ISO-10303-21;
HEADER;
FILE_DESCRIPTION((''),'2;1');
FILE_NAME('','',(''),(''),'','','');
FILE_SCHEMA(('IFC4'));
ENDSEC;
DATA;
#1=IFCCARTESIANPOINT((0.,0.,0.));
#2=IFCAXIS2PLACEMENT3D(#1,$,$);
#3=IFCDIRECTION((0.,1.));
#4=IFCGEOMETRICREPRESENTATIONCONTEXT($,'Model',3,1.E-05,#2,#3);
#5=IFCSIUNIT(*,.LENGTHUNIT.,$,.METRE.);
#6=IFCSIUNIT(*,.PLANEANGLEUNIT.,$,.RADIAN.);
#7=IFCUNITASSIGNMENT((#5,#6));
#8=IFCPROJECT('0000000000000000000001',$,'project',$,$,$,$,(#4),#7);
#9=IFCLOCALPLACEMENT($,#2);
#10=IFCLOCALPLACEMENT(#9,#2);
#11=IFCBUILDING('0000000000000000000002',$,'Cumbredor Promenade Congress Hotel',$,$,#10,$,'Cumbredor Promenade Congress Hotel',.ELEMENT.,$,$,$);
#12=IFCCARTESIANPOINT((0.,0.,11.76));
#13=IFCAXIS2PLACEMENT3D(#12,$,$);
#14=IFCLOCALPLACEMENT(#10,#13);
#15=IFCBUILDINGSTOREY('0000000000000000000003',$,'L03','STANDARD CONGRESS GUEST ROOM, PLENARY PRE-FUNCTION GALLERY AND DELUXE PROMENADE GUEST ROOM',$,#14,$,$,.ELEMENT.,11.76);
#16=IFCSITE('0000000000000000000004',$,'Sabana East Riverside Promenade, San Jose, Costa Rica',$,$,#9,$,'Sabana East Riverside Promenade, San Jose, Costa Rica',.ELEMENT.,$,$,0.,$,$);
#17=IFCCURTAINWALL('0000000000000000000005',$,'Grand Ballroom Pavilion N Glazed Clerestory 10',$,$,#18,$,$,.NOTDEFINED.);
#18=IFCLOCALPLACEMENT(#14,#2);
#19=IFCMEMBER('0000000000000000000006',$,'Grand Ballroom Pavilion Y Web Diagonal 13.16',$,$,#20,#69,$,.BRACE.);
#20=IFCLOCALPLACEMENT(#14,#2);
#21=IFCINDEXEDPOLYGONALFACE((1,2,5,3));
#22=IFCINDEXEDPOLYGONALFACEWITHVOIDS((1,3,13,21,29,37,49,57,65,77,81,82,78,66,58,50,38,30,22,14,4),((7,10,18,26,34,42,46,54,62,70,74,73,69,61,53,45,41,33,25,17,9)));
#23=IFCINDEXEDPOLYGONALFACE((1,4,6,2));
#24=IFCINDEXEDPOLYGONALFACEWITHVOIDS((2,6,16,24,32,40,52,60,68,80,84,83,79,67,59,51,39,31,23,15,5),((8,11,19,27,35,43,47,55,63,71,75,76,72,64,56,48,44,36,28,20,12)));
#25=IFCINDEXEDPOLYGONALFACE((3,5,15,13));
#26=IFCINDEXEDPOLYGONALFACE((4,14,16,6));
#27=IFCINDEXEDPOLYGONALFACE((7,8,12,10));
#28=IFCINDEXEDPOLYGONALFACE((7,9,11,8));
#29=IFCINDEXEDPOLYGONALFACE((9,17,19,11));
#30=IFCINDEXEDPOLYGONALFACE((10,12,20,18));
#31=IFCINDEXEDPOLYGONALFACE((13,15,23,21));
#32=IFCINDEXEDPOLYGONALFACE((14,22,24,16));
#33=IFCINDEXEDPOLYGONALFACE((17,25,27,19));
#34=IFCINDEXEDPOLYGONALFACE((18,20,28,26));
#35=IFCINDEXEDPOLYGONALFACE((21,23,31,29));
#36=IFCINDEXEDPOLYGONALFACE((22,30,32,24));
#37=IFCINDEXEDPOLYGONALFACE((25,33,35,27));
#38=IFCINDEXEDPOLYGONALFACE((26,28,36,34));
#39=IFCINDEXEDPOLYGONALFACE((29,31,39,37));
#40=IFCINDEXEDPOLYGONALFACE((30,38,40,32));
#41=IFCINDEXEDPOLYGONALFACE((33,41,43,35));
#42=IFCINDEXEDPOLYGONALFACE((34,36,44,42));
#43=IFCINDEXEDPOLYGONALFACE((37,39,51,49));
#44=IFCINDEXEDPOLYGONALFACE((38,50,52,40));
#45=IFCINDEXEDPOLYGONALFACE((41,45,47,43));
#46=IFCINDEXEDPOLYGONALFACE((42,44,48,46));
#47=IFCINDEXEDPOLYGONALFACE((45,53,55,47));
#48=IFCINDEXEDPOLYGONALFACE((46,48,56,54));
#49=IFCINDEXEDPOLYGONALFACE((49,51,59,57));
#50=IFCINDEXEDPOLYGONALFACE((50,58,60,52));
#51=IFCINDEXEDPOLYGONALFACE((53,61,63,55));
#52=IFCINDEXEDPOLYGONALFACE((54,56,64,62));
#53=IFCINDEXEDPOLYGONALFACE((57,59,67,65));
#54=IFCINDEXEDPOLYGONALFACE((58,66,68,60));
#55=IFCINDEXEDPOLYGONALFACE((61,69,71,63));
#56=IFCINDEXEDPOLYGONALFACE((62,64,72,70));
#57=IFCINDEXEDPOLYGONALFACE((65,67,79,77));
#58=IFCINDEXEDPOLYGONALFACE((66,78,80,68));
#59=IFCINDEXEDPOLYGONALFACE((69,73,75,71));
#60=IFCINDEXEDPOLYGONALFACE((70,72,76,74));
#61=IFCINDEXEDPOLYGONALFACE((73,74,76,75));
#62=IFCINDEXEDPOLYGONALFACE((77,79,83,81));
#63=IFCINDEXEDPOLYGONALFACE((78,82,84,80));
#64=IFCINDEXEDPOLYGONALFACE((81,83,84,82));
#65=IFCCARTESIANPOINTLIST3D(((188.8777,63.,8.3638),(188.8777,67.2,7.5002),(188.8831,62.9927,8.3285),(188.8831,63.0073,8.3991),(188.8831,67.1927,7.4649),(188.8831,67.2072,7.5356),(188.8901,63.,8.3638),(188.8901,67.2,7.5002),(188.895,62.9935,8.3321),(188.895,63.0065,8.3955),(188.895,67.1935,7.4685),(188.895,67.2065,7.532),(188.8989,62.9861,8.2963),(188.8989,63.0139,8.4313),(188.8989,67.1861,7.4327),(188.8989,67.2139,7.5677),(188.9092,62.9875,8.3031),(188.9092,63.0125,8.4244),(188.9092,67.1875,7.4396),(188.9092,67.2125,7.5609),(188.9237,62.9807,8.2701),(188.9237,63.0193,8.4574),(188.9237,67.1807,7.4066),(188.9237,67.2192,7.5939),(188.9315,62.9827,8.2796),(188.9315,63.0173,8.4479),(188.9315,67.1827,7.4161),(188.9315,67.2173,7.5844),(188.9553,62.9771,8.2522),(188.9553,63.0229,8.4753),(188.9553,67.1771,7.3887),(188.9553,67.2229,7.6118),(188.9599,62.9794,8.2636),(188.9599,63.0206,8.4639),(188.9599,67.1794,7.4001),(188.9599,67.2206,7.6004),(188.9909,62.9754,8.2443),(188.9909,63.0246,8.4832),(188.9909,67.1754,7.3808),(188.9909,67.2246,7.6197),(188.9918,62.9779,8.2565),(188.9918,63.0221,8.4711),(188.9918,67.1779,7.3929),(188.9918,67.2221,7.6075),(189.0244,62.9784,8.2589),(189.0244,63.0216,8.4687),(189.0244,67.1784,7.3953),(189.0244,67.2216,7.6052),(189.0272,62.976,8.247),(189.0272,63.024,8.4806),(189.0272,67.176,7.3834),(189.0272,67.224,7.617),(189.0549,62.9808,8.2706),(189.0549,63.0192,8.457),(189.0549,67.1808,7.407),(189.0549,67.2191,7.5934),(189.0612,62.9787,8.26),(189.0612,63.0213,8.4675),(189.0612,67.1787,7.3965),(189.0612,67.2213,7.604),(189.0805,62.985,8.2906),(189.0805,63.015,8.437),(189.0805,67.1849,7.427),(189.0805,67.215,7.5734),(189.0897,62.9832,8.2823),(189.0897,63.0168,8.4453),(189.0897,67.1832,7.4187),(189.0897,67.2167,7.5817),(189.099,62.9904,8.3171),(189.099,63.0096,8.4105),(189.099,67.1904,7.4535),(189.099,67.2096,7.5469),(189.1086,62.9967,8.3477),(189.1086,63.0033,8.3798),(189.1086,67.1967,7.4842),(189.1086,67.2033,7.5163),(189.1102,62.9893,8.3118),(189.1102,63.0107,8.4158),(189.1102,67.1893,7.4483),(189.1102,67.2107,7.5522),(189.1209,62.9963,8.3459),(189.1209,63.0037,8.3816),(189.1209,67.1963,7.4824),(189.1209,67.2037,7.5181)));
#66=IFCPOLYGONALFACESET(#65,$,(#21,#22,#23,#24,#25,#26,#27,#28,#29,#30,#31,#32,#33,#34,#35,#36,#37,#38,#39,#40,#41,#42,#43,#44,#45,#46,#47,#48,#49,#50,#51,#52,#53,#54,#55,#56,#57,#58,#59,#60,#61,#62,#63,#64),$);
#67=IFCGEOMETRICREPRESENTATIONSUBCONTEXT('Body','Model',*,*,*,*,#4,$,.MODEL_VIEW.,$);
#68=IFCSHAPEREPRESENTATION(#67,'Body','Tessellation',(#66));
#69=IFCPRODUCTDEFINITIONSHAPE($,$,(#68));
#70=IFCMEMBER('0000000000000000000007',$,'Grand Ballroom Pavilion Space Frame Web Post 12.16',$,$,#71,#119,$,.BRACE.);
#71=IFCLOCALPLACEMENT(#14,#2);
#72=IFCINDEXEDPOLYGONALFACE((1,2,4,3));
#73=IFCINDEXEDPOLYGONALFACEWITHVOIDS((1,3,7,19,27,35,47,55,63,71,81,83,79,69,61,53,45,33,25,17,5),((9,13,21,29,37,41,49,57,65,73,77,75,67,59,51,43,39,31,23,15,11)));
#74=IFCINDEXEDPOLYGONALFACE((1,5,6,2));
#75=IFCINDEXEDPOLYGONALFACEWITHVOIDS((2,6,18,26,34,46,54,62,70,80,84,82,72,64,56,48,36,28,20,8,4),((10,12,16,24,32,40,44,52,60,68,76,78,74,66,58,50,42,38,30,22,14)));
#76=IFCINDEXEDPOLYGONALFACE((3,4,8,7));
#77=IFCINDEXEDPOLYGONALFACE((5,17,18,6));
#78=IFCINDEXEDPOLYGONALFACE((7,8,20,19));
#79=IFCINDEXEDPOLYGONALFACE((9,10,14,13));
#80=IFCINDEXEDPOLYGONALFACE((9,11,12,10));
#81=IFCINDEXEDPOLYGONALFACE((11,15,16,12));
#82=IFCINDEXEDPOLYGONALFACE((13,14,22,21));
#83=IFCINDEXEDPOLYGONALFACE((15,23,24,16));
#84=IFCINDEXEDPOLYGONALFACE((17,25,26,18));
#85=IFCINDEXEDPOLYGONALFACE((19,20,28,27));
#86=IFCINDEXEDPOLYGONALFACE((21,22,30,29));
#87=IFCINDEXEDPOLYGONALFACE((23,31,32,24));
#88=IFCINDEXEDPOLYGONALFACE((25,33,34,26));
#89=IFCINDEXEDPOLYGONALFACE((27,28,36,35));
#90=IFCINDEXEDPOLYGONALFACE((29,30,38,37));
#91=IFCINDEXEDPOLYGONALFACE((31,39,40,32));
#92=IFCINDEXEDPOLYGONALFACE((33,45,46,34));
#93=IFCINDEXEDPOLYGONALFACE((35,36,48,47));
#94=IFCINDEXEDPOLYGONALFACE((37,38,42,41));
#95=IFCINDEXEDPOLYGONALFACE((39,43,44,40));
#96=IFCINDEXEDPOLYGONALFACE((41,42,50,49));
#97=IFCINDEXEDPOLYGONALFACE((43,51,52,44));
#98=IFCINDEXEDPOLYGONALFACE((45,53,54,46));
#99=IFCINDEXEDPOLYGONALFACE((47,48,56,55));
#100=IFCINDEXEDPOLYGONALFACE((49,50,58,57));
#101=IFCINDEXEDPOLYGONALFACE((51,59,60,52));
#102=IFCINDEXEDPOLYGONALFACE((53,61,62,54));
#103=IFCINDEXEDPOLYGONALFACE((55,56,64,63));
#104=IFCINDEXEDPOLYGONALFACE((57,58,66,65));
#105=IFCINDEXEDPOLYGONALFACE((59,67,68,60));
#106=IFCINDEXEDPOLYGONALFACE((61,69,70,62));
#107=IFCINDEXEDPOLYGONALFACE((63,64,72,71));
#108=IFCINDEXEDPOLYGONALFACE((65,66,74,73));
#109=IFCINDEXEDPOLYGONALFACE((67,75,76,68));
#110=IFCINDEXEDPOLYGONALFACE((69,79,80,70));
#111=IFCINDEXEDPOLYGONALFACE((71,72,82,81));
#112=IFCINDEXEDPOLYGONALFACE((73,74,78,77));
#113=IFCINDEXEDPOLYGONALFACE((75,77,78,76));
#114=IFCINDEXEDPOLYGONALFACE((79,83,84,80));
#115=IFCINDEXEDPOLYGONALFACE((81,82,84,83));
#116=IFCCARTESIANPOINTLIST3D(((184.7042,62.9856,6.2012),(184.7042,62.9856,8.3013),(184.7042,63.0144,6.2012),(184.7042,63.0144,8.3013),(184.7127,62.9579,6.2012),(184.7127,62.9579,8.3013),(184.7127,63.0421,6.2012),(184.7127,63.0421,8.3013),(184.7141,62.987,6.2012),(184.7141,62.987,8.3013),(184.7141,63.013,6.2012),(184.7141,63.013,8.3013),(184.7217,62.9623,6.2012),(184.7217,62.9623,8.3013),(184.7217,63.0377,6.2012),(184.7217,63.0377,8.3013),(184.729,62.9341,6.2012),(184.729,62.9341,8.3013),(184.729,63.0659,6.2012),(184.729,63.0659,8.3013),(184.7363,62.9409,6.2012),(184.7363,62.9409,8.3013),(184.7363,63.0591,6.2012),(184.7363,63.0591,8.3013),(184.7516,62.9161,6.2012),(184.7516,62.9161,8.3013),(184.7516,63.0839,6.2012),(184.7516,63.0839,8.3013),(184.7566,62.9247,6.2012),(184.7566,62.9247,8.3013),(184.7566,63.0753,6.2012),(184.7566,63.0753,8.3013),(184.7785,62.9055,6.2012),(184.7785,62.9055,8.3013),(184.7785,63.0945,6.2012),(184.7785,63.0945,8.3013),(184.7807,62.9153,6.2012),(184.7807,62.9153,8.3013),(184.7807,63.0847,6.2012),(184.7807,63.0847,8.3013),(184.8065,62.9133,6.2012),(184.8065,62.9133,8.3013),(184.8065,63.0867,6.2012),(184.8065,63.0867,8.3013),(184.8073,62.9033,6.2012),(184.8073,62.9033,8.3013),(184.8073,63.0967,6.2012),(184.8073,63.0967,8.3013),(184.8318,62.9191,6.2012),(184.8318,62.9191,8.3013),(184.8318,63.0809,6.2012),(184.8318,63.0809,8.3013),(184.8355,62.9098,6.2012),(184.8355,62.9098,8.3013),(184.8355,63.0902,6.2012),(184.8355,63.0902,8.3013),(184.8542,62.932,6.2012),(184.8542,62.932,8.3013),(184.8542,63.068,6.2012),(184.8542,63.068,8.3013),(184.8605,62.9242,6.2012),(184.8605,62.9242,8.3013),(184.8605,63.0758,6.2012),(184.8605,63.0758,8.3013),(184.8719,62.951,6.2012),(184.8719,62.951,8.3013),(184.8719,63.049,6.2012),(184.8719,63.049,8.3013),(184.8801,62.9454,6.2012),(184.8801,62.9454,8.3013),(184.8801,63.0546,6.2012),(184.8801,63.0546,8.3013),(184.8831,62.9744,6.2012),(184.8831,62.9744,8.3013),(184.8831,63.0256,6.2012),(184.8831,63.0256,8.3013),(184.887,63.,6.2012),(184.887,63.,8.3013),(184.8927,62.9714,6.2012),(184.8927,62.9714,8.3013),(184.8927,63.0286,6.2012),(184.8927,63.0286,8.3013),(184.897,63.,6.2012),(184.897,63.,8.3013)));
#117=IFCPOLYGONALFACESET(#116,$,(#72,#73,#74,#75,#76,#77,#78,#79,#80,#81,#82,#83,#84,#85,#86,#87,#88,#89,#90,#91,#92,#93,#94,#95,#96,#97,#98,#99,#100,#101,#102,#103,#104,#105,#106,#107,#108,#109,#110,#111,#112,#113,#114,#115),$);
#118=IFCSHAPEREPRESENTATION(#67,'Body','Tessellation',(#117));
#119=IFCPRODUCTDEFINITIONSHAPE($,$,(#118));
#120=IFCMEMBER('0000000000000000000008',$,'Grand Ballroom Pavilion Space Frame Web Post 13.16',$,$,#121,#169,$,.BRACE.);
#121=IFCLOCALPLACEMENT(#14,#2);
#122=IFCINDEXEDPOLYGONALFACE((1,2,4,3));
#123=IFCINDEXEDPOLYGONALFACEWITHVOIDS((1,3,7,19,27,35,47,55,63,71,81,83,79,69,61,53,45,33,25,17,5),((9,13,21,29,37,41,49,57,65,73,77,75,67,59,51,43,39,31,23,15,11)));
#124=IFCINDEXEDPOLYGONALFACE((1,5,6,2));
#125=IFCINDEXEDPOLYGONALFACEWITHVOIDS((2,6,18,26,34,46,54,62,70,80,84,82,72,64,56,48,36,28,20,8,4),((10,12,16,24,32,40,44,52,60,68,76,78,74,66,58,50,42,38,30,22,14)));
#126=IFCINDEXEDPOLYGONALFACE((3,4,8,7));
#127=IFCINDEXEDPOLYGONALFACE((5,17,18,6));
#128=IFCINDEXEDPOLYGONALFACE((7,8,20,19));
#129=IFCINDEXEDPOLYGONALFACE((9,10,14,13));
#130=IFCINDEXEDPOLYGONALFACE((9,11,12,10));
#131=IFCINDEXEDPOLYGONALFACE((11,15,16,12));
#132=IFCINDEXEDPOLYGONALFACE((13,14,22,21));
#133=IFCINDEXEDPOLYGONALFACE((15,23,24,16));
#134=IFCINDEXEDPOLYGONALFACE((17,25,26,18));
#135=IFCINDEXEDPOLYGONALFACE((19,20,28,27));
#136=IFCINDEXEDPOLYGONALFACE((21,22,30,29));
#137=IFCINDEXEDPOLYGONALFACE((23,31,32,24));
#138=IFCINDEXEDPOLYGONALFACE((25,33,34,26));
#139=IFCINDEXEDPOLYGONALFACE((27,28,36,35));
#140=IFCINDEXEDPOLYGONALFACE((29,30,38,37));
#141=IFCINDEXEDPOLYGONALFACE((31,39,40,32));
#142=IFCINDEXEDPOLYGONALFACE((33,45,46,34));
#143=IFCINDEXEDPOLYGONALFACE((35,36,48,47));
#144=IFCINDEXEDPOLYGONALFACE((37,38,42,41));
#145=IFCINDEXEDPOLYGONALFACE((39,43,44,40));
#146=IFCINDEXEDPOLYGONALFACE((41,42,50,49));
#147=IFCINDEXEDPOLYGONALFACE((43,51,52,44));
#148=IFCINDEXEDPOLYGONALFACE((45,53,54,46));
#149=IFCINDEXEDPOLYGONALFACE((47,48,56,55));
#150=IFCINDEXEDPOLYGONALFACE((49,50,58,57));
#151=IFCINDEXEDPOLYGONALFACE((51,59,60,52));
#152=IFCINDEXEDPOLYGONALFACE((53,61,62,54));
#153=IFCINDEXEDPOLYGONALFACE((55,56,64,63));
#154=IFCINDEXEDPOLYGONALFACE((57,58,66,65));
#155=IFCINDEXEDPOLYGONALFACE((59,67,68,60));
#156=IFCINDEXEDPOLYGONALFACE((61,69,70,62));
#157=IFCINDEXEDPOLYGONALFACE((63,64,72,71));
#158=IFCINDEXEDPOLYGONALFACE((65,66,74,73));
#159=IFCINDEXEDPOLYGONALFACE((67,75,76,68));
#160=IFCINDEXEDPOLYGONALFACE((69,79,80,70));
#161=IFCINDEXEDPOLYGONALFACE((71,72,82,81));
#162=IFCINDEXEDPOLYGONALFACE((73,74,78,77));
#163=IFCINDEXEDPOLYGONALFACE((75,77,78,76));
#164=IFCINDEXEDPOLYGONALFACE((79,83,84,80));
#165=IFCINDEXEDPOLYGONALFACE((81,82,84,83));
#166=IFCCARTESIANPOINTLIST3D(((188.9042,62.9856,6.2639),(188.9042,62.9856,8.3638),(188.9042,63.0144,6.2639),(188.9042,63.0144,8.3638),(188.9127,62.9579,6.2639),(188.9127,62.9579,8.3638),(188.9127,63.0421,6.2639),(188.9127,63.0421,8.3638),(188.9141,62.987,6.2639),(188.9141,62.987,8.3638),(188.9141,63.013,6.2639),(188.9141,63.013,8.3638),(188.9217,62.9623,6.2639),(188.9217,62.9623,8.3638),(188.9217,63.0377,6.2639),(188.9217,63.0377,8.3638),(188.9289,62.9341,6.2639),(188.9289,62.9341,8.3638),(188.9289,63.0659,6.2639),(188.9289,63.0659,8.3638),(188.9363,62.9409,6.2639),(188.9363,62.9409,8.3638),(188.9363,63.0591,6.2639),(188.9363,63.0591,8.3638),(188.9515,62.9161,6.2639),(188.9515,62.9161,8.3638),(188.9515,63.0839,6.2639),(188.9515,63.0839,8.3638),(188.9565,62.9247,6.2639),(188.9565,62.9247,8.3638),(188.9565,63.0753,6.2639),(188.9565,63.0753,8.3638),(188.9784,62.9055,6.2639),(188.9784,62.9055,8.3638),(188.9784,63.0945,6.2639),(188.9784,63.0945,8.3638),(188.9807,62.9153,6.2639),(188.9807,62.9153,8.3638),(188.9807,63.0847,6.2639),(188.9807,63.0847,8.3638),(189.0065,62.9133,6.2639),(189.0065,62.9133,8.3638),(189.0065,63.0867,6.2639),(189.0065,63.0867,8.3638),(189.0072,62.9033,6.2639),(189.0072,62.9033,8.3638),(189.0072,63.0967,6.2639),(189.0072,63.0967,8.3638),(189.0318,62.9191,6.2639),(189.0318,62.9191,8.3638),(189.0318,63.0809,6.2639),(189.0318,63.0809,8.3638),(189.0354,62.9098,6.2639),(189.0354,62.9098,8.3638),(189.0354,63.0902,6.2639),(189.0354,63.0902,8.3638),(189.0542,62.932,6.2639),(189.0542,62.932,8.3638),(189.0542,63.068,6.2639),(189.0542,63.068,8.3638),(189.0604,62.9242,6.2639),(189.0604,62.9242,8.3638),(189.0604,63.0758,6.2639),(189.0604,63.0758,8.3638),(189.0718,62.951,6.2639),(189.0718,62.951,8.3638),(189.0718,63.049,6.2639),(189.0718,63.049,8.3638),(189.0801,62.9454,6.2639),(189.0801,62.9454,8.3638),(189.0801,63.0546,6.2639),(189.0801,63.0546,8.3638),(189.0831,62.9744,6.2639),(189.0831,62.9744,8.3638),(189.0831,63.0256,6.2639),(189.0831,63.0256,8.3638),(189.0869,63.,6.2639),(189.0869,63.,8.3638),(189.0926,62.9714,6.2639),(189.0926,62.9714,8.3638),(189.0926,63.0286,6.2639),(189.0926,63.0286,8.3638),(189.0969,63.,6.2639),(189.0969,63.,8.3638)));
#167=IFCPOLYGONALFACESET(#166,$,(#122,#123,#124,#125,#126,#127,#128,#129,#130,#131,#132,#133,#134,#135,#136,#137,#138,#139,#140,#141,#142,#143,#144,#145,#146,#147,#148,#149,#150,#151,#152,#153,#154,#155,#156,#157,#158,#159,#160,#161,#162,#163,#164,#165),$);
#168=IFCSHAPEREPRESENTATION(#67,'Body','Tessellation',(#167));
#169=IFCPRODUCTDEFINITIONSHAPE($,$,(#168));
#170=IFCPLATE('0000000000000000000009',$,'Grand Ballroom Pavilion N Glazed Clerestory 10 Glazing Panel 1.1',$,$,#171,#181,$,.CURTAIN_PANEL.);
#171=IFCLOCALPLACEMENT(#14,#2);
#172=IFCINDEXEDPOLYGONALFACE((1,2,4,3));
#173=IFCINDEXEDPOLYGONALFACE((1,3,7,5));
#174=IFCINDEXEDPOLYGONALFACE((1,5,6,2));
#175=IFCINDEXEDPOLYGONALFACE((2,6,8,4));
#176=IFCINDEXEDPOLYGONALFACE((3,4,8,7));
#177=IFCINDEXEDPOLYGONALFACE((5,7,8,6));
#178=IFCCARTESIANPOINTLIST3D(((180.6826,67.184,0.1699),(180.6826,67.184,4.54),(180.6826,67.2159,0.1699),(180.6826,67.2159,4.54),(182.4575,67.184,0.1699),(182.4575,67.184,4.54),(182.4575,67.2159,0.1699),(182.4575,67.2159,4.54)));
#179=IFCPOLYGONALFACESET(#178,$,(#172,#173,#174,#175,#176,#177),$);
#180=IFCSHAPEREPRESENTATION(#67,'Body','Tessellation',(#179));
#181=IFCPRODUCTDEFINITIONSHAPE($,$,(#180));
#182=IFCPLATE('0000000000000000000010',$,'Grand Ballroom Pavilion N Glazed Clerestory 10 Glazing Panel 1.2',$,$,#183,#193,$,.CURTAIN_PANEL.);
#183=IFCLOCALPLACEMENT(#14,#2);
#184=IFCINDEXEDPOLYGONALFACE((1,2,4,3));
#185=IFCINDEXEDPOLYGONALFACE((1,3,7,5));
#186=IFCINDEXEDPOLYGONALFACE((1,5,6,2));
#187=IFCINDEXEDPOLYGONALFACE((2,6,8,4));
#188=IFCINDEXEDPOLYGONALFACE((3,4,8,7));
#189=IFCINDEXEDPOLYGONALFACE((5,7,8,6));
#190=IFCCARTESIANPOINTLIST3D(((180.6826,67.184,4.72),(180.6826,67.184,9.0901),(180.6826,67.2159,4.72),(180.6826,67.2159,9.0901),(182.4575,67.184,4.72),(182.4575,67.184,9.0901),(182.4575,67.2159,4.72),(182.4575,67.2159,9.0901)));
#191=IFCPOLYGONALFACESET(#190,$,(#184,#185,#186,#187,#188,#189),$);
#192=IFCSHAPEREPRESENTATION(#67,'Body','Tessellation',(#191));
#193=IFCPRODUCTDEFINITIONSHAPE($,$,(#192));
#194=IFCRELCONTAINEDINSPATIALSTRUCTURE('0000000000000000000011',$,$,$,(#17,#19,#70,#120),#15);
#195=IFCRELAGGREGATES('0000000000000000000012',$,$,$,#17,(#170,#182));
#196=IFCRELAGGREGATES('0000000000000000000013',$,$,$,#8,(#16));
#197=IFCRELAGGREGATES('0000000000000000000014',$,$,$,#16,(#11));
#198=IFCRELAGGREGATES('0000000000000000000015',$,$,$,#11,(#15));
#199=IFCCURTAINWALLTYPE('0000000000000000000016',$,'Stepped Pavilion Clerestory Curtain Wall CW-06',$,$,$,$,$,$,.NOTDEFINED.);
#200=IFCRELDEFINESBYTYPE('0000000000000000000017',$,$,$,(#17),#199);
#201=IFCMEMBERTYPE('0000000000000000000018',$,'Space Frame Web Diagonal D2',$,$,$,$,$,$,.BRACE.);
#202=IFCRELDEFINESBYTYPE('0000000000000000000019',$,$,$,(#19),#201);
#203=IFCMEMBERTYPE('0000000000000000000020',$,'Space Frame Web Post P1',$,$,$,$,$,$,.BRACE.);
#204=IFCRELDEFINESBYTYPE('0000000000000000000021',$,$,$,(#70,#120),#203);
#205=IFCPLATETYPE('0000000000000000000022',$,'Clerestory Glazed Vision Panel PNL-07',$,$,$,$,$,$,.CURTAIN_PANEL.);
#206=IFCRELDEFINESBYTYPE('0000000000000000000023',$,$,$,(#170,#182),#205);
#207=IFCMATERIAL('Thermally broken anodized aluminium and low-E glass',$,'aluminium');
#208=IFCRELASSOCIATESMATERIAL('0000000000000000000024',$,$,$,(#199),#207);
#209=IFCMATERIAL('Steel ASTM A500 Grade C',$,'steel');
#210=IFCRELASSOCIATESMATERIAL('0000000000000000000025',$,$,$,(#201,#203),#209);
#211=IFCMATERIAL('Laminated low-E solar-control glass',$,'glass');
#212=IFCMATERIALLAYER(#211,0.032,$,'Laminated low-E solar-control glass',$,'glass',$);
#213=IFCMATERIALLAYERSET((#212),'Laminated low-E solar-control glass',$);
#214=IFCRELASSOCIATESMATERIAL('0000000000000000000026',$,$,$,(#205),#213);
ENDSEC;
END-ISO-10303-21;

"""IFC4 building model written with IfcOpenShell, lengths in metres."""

from ifc_helpers import new_model, si_unit, direction, frame, origin, origin_2d, place, context, subcontext, project, spatial, rectangle, hollow_circle, extrude, material, layer, layer_set, material_profile, profile_set, type_object, element, aggregate, save


model = new_model("IFC4")

# Units and contexts
model_context = context("Model", 3, precision=1e-05, world=origin(), true_north=direction((0.0, 1.0)))
body_context = subcontext(model_context, "Body", "Model", "MODEL_VIEW")
ifc_project = project(units=[si_unit("LENGTHUNIT", "METRE"), si_unit("PLANEANGLEUNIT", "RADIAN")], contexts=[model_context])

# Site, building, storey
site_placement = place(None, origin())
site = spatial("IfcSite", under=ifc_project, at=site_placement, Name="Sabana East Riverside Promenade, San Jose, Costa Rica", LongName="Sabana East Riverside Promenade, San Jose, Costa Rica", CompositionType="ELEMENT", RefElevation=0.0)
building_placement = place(site_placement, origin())
building = spatial("IfcBuilding", under=site, at=building_placement, Name="Cumbredor Promenade Congress Hotel", LongName="Cumbredor Promenade Congress Hotel", CompositionType="ELEMENT")
storey_placement = place(building_placement, frame((0.0, 0.0, 11.76)))
storey = spatial("IfcBuildingStorey", under=building, at=storey_placement, Name="L03", Description="STANDARD CONGRESS GUEST ROOM, PLENARY PRE-FUNCTION GALLERY AND DELUXE PROMENADE GUEST ROOM", CompositionType="ELEMENT", Elevation=11.76)

# Shared definitions
ifc_material_1 = material(Name="Steel ASTM A500 Grade C", Category="steel")

# Curtain wall
ifc_material_2 = material(Name="Thermally broken anodized aluminium and low-E glass", Category="aluminium")
curtain_wall_type = type_object("IfcCurtainWallType", Name="Stepped Pavilion Clerestory Curtain Wall CW-06", PredefinedType="NOTDEFINED", material=ifc_material_2)
curtain_wall_1_placement = place(storey_placement, origin())
curtain_wall_1 = element("IfcCurtainWall", 1, at=curtain_wall_1_placement, inside=storey, type_object=curtain_wall_type, Name="Grand Ballroom Pavilion N Glazed Clerestory 10", PredefinedType="NOTDEFINED")

# Members
ifc_material_profile_1 = material_profile(ifc_material_1, hollow_circle(Radius=0.1223, WallThickness=0.0125, at=origin_2d()), Name="CHS 244.5x12.5")
ifc_profile_set_1 = profile_set([ifc_material_profile_1], Name="Steel ASTM A500 Grade C")
member_type_1 = type_object("IfcMemberType", Name="Space Frame Web Diagonal D2", PredefinedType="BRACE", material=ifc_profile_set_1)
member_1_placement = place(storey_placement, frame((189.0, 63.0, 8.3638), z_axis=(0.0, 0.979511, -0.201391), x_axis=(-1.0, 0.0, 0.0)))
element("IfcMember", 2, at=member_1_placement, inside=storey, type_object=member_type_1, Name="Grand Ballroom Pavilion Y Web Diagonal 13.16", PredefinedType="BRACE", context=body_context, shape_type="SweptSolid", body=[
    extrude(hollow_circle(Radius=0.1223, WallThickness=0.0125, at=origin_2d()), origin(), (0.0, 0.0, 1.0), 4.2878),
])
ifc_material_profile_2 = material_profile(ifc_material_1, hollow_circle(Radius=0.0969, WallThickness=0.01, at=origin_2d()), Name="CHS 193.7x10")
ifc_profile_set_2 = profile_set([ifc_material_profile_2], Name="Steel ASTM A500 Grade C")
member_type_2 = type_object("IfcMemberType", Name="Space Frame Web Post P1", PredefinedType="BRACE", material=ifc_profile_set_2)
member_2_placement = place(storey_placement, frame((184.8, 63.0, 6.2012), z_axis=(0.0, 0.0, 1.0), x_axis=(1.0, 0.0, 0.0)))
element("IfcMember", 3, at=member_2_placement, inside=storey, type_object=member_type_2, Name="Grand Ballroom Pavilion Space Frame Web Post 12.16", PredefinedType="BRACE", context=body_context, shape_type="SweptSolid", body=[
    extrude(hollow_circle(Radius=0.0969, WallThickness=0.01, at=origin_2d()), origin(), (0.0, 0.0, 1.0), 2.1001),
])
member_3_placement = place(storey_placement, frame((189.0, 63.0, 6.2639), z_axis=(0.0, 0.0, 1.0), x_axis=(1.0, 0.0, 0.0)))
element("IfcMember", 4, at=member_3_placement, inside=storey, type_object=member_type_2, Name="Grand Ballroom Pavilion Space Frame Web Post 13.16", PredefinedType="BRACE", context=body_context, shape_type="SweptSolid", body=[
    extrude(hollow_circle(Radius=0.0969, WallThickness=0.01, at=origin_2d()), origin(), (0.0, 0.0, 1.0), 2.0999),
])

# Plates
ifc_material_3 = material(Name="Laminated low-E solar-control glass", Category="glass")
ifc_layer_1 = layer(ifc_material_3, 0.032, Name="Laminated low-E solar-control glass", Category="glass")
ifc_layer_set_1 = layer_set([ifc_layer_1], Name="Laminated low-E solar-control glass")
plate_type_1 = type_object("IfcPlateType", Name="Clerestory Glazed Vision Panel PNL-07", PredefinedType="CURTAIN_PANEL", material=ifc_layer_set_1)
plate_1_placement = place(storey_placement, frame((181.5701, 67.2, 0.1699), z_axis=(0.0, 0.0, 1.0), x_axis=(1.0, 0.0, 0.0)))
plate_1 = element("IfcPlate", 5, at=plate_1_placement, type_object=plate_type_1, Name="Grand Ballroom Pavilion N Glazed Clerestory 10 Glazing Panel 1.1", PredefinedType="CURTAIN_PANEL", context=body_context, shape_type="SweptSolid", body=[
    extrude(rectangle(XDim=1.7749, YDim=0.032, at=origin_2d()), origin(), (0.0, 0.0, 1.0), 4.3701),
])
plate_2_placement = place(storey_placement, frame((181.5701, 67.2, 4.72), z_axis=(0.0, 0.0, 1.0), x_axis=(1.0, 0.0, 0.0)))
plate_2 = element("IfcPlate", 6, at=plate_2_placement, type_object=plate_type_1, Name="Grand Ballroom Pavilion N Glazed Clerestory 10 Glazing Panel 1.2", PredefinedType="CURTAIN_PANEL", context=body_context, shape_type="SweptSolid", body=[
    extrude(rectangle(XDim=1.7749, YDim=0.032, at=origin_2d()), origin(), (0.0, 0.0, 1.0), 4.3701),
])
aggregate(curtain_wall_1, [plate_1, plate_2])

save(model, "model.ifc")
